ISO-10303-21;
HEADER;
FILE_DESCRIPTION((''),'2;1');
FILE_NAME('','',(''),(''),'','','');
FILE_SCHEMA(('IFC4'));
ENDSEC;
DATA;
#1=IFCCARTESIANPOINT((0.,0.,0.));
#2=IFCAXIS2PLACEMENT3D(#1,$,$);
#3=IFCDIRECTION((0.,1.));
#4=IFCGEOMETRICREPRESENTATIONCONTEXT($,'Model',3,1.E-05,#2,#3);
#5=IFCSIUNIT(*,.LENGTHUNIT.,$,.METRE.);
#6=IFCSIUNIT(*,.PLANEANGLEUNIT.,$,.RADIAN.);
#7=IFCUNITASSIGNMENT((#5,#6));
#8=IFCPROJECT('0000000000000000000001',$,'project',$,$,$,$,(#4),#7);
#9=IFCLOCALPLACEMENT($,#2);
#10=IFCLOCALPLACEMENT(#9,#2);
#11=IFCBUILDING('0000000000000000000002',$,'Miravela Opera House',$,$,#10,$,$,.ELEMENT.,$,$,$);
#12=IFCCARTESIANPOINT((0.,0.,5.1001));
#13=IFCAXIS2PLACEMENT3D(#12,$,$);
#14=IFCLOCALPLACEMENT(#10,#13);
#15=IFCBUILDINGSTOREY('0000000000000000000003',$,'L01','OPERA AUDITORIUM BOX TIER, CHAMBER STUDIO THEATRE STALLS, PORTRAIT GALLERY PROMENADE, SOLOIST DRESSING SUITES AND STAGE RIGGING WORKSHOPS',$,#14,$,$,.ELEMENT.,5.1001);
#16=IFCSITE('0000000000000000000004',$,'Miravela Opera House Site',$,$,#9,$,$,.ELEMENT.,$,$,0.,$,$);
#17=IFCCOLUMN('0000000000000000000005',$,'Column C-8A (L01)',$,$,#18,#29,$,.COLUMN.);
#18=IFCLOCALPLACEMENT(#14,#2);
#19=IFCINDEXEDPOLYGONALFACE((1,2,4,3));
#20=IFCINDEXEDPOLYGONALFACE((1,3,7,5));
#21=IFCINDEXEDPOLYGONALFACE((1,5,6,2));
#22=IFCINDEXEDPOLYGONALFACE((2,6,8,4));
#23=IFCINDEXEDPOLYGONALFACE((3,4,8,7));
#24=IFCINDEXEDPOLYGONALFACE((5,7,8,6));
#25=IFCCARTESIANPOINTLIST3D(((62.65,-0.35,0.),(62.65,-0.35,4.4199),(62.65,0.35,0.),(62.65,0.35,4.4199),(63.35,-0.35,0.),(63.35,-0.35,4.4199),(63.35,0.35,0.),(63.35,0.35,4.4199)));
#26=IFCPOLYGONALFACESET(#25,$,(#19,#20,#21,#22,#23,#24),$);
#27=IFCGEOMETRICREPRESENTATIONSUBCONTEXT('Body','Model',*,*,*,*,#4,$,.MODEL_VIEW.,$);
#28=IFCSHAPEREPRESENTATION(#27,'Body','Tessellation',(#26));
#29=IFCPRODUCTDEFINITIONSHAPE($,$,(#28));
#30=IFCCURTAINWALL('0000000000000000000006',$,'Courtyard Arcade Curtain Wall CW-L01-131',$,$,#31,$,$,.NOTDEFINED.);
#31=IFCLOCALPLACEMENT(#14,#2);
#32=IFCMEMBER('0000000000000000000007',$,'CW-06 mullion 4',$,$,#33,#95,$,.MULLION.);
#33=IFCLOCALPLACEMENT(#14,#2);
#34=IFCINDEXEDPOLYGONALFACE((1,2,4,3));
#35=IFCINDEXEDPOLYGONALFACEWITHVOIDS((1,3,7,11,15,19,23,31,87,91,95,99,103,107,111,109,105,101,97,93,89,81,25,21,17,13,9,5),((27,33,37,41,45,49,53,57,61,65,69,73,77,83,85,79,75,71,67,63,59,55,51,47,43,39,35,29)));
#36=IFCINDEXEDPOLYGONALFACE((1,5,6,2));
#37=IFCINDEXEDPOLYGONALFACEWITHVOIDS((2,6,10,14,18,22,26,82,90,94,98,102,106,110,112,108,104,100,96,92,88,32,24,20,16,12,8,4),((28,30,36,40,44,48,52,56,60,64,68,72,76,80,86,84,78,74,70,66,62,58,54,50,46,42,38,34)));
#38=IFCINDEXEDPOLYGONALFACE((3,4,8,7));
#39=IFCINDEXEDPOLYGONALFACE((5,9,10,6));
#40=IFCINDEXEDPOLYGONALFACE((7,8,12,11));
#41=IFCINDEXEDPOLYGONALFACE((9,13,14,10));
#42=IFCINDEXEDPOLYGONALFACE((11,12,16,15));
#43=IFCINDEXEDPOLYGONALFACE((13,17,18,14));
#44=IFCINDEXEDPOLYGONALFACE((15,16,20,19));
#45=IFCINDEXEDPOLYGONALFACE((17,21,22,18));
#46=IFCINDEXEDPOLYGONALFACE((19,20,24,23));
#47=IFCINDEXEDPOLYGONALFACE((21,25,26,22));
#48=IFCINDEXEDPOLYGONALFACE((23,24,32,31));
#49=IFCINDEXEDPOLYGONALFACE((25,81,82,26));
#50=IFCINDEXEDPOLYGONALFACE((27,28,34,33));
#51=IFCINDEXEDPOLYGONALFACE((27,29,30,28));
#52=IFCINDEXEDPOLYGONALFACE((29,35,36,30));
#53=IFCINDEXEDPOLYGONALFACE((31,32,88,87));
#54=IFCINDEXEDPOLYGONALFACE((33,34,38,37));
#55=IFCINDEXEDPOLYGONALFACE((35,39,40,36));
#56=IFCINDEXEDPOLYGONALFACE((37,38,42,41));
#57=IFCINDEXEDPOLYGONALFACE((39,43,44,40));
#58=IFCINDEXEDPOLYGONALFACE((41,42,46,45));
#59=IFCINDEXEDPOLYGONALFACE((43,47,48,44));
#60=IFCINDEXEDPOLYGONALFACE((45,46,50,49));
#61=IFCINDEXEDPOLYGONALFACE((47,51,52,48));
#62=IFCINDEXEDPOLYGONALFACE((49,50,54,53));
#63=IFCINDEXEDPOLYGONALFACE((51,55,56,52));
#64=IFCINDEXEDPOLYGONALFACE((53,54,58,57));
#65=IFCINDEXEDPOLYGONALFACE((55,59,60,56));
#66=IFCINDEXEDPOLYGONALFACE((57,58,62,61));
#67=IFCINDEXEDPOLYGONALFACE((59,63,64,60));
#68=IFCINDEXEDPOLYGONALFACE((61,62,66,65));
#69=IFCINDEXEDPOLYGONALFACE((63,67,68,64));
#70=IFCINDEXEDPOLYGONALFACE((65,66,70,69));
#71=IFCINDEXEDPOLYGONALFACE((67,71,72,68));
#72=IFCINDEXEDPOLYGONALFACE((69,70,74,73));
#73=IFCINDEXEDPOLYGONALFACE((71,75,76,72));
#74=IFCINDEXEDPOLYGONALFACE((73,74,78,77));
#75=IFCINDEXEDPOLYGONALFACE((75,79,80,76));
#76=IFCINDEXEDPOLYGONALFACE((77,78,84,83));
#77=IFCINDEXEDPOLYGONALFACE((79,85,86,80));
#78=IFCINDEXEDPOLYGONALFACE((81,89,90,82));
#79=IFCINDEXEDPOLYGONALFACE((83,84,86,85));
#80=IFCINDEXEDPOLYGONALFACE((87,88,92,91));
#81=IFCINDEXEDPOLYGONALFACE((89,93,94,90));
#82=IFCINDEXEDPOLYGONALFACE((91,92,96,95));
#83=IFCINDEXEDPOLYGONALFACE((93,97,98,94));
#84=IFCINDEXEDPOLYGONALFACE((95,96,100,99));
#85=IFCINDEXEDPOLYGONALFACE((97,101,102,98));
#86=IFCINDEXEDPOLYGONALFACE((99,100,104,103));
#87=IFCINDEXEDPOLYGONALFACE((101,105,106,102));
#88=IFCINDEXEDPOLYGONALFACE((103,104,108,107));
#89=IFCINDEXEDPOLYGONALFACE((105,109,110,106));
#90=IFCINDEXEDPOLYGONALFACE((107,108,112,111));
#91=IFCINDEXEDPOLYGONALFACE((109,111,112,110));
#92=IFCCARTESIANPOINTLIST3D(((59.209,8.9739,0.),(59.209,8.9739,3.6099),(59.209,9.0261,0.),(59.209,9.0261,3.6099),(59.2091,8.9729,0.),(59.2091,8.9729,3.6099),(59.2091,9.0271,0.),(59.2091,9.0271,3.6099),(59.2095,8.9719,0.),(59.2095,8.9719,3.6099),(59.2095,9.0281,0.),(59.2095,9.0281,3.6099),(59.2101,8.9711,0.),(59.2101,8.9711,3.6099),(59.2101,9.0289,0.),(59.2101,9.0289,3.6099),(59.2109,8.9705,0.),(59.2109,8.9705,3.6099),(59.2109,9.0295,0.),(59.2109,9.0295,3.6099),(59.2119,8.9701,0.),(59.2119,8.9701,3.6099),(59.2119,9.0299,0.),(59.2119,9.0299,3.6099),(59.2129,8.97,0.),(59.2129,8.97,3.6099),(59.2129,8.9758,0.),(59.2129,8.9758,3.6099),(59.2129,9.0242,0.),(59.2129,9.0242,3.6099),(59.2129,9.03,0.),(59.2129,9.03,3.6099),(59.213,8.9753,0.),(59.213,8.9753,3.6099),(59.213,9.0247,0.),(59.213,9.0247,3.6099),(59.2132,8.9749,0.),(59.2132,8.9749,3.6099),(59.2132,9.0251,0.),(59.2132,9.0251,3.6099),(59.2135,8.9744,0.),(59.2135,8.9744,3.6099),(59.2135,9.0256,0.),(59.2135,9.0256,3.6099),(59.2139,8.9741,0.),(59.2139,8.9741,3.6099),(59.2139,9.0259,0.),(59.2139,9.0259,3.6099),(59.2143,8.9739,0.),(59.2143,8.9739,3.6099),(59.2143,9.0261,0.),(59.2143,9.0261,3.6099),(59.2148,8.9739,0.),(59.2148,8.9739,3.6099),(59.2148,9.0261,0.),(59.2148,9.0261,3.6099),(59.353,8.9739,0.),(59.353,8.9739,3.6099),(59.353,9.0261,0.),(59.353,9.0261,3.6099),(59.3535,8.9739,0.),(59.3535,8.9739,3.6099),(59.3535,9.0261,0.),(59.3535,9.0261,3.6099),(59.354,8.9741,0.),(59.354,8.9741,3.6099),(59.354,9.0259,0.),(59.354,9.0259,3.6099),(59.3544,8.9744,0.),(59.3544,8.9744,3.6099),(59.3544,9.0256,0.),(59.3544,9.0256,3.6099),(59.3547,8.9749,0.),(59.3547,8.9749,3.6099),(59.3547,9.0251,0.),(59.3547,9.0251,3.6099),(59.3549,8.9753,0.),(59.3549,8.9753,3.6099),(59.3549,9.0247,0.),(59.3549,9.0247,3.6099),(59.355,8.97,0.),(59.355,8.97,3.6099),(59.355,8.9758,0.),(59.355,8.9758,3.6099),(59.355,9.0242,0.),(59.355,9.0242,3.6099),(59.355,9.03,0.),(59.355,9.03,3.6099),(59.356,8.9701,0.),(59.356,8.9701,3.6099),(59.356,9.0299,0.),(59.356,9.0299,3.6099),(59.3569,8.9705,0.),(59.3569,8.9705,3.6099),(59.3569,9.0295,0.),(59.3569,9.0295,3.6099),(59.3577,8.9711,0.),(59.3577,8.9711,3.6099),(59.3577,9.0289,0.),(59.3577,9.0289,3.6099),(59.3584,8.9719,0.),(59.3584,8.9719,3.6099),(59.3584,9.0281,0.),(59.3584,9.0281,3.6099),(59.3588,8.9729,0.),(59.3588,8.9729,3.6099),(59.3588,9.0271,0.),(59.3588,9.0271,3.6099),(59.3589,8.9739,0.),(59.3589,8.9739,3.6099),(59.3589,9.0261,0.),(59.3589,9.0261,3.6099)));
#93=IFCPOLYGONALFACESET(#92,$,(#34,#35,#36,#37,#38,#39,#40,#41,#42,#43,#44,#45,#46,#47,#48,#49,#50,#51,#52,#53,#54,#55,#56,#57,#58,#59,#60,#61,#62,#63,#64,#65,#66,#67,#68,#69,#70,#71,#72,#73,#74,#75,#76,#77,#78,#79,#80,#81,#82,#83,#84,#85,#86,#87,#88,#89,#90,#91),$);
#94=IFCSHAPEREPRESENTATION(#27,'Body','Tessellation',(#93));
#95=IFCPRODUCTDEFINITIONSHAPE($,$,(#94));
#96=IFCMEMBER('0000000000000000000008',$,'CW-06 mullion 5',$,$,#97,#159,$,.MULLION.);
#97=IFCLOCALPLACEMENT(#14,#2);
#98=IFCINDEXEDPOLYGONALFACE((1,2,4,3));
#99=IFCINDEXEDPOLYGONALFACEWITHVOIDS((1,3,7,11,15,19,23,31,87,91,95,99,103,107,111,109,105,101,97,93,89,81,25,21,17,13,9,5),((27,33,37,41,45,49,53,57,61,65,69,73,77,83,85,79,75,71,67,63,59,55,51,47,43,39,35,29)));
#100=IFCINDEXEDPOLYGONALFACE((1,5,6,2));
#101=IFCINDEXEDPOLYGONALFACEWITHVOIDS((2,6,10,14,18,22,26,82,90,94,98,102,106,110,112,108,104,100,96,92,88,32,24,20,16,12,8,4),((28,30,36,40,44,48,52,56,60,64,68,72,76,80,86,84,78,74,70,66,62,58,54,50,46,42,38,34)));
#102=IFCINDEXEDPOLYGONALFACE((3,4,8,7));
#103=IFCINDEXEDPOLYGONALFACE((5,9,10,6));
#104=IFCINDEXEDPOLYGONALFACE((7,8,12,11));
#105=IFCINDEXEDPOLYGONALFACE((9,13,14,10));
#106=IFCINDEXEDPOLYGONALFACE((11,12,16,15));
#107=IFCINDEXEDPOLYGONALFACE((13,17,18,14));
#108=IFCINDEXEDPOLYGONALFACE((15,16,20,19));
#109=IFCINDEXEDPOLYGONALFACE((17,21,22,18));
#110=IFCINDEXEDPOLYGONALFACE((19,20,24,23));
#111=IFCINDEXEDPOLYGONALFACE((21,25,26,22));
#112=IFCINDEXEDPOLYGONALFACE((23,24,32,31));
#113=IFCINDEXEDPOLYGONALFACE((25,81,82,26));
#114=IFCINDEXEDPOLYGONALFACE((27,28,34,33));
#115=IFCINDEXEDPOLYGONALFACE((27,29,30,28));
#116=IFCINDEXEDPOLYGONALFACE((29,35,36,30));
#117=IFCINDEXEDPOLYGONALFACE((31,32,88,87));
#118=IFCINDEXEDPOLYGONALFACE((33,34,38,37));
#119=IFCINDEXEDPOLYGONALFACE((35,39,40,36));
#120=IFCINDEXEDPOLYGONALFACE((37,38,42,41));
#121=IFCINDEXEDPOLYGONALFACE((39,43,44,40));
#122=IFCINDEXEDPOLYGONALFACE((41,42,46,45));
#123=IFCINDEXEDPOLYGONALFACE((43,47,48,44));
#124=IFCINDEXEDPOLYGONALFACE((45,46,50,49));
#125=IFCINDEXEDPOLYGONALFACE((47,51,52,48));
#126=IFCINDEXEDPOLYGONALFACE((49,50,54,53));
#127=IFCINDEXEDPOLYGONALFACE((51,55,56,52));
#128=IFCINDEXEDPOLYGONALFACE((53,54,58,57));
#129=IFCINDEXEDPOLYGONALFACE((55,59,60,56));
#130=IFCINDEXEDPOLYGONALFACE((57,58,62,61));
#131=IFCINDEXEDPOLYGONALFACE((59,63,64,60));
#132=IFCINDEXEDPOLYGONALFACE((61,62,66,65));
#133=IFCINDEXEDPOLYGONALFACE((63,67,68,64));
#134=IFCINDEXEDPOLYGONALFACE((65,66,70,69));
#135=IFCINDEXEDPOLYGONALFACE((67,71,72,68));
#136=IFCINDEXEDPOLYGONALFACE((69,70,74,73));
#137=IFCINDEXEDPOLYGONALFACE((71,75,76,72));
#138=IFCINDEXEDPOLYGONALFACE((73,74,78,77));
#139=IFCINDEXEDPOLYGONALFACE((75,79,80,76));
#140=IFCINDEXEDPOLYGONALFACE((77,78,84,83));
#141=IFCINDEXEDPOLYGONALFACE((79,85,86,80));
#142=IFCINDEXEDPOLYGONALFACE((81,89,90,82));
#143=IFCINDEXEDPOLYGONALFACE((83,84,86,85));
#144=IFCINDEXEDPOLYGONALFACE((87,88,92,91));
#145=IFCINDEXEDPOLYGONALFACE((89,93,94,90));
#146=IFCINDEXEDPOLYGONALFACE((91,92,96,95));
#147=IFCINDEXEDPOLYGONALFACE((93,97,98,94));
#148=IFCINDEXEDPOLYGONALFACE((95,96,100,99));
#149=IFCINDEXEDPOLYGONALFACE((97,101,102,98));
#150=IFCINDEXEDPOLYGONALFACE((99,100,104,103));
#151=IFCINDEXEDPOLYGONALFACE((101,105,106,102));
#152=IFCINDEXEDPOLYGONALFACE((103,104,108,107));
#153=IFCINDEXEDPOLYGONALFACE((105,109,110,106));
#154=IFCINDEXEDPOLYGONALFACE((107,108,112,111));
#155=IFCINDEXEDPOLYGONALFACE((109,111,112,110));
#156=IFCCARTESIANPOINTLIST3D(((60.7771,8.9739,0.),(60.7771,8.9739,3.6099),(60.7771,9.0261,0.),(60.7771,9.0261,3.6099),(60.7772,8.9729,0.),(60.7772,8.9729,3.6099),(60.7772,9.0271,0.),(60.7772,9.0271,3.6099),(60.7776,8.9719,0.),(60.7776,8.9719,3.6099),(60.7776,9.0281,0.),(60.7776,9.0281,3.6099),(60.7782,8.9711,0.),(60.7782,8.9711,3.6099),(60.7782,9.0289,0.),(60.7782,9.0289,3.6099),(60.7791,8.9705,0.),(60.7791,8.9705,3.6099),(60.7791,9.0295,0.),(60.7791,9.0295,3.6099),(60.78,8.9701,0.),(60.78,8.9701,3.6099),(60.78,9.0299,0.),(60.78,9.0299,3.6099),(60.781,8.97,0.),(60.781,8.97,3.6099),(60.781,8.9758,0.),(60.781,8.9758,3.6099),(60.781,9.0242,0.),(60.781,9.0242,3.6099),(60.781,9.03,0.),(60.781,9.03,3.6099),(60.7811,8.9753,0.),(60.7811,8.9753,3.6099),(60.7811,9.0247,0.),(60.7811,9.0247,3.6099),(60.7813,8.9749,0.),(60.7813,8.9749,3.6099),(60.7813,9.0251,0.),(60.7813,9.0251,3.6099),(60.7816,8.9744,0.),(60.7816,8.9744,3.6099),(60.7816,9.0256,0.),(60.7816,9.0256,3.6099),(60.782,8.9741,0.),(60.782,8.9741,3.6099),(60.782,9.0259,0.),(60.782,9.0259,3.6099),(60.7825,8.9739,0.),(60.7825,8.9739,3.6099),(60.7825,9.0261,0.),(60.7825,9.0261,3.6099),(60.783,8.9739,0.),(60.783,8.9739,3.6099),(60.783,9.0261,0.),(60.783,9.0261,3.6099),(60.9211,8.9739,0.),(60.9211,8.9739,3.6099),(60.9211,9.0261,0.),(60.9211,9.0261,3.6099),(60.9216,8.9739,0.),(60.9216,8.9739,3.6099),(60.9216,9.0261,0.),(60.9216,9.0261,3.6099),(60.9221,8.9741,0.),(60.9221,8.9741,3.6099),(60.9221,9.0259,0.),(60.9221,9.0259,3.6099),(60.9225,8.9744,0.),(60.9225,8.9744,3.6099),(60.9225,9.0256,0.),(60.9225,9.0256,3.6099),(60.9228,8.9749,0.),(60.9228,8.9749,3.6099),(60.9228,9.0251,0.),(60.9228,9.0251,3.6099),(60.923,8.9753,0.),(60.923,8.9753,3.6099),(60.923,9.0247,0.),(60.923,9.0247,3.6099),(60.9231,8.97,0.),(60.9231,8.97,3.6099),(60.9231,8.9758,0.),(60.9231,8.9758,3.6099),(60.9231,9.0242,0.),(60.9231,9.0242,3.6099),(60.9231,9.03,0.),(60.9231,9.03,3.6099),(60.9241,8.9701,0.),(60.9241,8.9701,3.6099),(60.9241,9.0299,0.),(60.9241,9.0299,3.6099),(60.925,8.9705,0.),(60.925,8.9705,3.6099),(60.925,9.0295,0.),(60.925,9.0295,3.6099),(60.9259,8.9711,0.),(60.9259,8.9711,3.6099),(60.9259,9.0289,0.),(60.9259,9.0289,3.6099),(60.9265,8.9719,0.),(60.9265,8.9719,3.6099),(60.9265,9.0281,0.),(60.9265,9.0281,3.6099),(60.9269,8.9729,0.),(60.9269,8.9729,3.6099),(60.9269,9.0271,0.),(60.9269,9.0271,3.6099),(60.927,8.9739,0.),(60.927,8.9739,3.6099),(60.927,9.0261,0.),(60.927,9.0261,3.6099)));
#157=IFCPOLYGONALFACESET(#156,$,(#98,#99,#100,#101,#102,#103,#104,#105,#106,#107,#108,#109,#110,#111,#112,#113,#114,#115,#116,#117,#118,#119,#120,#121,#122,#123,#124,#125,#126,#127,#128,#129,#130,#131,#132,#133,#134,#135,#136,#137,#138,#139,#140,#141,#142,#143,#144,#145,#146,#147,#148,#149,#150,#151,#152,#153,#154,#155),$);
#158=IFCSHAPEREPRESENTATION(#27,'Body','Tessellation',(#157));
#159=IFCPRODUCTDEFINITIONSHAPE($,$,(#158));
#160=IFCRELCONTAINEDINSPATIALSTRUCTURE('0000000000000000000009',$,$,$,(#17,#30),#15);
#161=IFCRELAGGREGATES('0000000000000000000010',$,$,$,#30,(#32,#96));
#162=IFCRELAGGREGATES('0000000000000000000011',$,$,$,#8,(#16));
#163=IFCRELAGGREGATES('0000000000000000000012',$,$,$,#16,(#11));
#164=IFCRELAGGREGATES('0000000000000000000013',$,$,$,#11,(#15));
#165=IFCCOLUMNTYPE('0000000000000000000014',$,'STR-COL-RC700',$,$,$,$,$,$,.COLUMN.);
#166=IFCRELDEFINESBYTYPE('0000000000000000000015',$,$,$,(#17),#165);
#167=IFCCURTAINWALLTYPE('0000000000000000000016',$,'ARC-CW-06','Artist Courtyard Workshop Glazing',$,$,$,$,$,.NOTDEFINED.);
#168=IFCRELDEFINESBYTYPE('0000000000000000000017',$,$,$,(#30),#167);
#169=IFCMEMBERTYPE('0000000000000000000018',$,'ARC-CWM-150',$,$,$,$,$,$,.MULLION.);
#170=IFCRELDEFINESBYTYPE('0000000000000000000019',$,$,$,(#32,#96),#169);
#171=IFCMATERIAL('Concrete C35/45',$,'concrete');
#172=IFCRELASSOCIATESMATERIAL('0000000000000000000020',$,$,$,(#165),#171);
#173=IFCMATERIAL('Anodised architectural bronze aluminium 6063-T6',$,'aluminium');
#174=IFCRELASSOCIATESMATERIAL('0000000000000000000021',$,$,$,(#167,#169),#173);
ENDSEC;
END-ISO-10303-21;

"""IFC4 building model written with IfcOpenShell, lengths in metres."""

from ifc_helpers import new_model, si_unit, direction, frame, origin, origin_2d, place, context, subcontext, project, spatial, rectangle, hollow_rectangle, extrude, material, material_profile, profile_set, type_object, element, aggregate, save


model = new_model("IFC4")

# Units and contexts
model_context = context("Model", 3, precision=1e-05, world=origin(), true_north=direction((0.0, 1.0)))
body_context = subcontext(model_context, "Body", "Model", "MODEL_VIEW")
ifc_project = project(units=[si_unit("LENGTHUNIT", "METRE"), si_unit("PLANEANGLEUNIT", "RADIAN")], contexts=[model_context])

# Site, building, storey
site_placement = place(None, origin())
site = spatial("IfcSite", under=ifc_project, at=site_placement, Name="Miravela Opera House Site", CompositionType="ELEMENT", RefElevation=0.0)
building_placement = place(site_placement, origin())
building = spatial("IfcBuilding", under=site, at=building_placement, Name="Miravela Opera House", CompositionType="ELEMENT")
storey_placement = place(building_placement, frame((0.0, 0.0, 5.1001)))
storey = spatial("IfcBuildingStorey", under=building, at=storey_placement, Name="L01", Description="OPERA AUDITORIUM BOX TIER, CHAMBER STUDIO THEATRE STALLS, PORTRAIT GALLERY PROMENADE, SOLOIST DRESSING SUITES AND STAGE RIGGING WORKSHOPS", CompositionType="ELEMENT", Elevation=5.1001)

# Column
ifc_material_1 = material(Name="Concrete C35/45", Category="concrete")
ifc_material_profile_1 = material_profile(ifc_material_1, rectangle(XDim=0.7, YDim=0.7, at=origin_2d()), Name="RC-COL-700X700")
ifc_profile_set_1 = profile_set([ifc_material_profile_1])
column_type = type_object("IfcColumnType", Name="STR-COL-RC700", PredefinedType="COLUMN", material=ifc_profile_set_1)
column_placement = place(storey_placement, frame((63.0, 0.0, 0.0), z_axis=(0.0, 0.0, 1.0), x_axis=(1.0, 0.0, 0.0)))
element("IfcColumn", 1, at=column_placement, inside=storey, type_object=column_type, Name="Column C-8A (L01)", PredefinedType="COLUMN", context=body_context, shape_type="SweptSolid", body=[
    extrude(rectangle(XDim=0.7, YDim=0.7, at=origin_2d()), origin(), (0.0, 0.0, 1.0), 4.4199),
])

# Curtain wall, members
ifc_material_2 = material(Name="Anodised architectural bronze aluminium 6063-T6", Category="aluminium")
curtain_wall_type = type_object("IfcCurtainWallType", Name="ARC-CW-06", Description="Artist Courtyard Workshop Glazing", PredefinedType="NOTDEFINED", material=ifc_material_2)
curtain_wall_placement = place(storey_placement, origin())
curtain_wall = element("IfcCurtainWall", 2, at=curtain_wall_placement, inside=storey, type_object=curtain_wall_type, Name="Courtyard Arcade Curtain Wall CW-L01-131", PredefinedType="NOTDEFINED")
ifc_material_profile_2 = material_profile(ifc_material_2, hollow_rectangle(XDim=0.0601, YDim=0.1499, WallThickness=0.0039, InnerFilletRadius=0.002, OuterFilletRadius=0.0039, at=origin_2d()), Name="CWM-60X150")
ifc_profile_set_2 = profile_set([ifc_material_profile_2])
member_type_1 = type_object("IfcMemberType", Name="ARC-CWM-150", PredefinedType="MULLION", material=ifc_profile_set_2)
member_1_placement = place(storey_placement, frame((59.2839, 9.0, 0.0), z_axis=(0.0, 0.0, 1.0), x_axis=(0.0, 1.0, 0.0)))
member_1 = element("IfcMember", 3, at=member_1_placement, type_object=member_type_1, Name="CW-06 mullion 4", PredefinedType="MULLION", context=body_context, shape_type="SweptSolid", body=[
    extrude(hollow_rectangle(XDim=0.0601, YDim=0.1499, WallThickness=0.0039, InnerFilletRadius=0.002, OuterFilletRadius=0.0039, at=origin_2d()), origin(), (0.0, 0.0, 1.0), 3.6099),
])
member_2_placement = place(storey_placement, frame((60.8521, 9.0, 0.0), z_axis=(0.0, 0.0, 1.0), x_axis=(0.0, 1.0, 0.0)))
member_2 = element("IfcMember", 4, at=member_2_placement, type_object=member_type_1, Name="CW-06 mullion 5", PredefinedType="MULLION", context=body_context, shape_type="SweptSolid", body=[
    extrude(hollow_rectangle(XDim=0.0601, YDim=0.1499, WallThickness=0.0039, InnerFilletRadius=0.002, OuterFilletRadius=0.0039, at=origin_2d()), origin(), (0.0, 0.0, 1.0), 3.6099),
])

aggregate(curtain_wall, [member_1, member_2])

save(model, "model.ifc")
